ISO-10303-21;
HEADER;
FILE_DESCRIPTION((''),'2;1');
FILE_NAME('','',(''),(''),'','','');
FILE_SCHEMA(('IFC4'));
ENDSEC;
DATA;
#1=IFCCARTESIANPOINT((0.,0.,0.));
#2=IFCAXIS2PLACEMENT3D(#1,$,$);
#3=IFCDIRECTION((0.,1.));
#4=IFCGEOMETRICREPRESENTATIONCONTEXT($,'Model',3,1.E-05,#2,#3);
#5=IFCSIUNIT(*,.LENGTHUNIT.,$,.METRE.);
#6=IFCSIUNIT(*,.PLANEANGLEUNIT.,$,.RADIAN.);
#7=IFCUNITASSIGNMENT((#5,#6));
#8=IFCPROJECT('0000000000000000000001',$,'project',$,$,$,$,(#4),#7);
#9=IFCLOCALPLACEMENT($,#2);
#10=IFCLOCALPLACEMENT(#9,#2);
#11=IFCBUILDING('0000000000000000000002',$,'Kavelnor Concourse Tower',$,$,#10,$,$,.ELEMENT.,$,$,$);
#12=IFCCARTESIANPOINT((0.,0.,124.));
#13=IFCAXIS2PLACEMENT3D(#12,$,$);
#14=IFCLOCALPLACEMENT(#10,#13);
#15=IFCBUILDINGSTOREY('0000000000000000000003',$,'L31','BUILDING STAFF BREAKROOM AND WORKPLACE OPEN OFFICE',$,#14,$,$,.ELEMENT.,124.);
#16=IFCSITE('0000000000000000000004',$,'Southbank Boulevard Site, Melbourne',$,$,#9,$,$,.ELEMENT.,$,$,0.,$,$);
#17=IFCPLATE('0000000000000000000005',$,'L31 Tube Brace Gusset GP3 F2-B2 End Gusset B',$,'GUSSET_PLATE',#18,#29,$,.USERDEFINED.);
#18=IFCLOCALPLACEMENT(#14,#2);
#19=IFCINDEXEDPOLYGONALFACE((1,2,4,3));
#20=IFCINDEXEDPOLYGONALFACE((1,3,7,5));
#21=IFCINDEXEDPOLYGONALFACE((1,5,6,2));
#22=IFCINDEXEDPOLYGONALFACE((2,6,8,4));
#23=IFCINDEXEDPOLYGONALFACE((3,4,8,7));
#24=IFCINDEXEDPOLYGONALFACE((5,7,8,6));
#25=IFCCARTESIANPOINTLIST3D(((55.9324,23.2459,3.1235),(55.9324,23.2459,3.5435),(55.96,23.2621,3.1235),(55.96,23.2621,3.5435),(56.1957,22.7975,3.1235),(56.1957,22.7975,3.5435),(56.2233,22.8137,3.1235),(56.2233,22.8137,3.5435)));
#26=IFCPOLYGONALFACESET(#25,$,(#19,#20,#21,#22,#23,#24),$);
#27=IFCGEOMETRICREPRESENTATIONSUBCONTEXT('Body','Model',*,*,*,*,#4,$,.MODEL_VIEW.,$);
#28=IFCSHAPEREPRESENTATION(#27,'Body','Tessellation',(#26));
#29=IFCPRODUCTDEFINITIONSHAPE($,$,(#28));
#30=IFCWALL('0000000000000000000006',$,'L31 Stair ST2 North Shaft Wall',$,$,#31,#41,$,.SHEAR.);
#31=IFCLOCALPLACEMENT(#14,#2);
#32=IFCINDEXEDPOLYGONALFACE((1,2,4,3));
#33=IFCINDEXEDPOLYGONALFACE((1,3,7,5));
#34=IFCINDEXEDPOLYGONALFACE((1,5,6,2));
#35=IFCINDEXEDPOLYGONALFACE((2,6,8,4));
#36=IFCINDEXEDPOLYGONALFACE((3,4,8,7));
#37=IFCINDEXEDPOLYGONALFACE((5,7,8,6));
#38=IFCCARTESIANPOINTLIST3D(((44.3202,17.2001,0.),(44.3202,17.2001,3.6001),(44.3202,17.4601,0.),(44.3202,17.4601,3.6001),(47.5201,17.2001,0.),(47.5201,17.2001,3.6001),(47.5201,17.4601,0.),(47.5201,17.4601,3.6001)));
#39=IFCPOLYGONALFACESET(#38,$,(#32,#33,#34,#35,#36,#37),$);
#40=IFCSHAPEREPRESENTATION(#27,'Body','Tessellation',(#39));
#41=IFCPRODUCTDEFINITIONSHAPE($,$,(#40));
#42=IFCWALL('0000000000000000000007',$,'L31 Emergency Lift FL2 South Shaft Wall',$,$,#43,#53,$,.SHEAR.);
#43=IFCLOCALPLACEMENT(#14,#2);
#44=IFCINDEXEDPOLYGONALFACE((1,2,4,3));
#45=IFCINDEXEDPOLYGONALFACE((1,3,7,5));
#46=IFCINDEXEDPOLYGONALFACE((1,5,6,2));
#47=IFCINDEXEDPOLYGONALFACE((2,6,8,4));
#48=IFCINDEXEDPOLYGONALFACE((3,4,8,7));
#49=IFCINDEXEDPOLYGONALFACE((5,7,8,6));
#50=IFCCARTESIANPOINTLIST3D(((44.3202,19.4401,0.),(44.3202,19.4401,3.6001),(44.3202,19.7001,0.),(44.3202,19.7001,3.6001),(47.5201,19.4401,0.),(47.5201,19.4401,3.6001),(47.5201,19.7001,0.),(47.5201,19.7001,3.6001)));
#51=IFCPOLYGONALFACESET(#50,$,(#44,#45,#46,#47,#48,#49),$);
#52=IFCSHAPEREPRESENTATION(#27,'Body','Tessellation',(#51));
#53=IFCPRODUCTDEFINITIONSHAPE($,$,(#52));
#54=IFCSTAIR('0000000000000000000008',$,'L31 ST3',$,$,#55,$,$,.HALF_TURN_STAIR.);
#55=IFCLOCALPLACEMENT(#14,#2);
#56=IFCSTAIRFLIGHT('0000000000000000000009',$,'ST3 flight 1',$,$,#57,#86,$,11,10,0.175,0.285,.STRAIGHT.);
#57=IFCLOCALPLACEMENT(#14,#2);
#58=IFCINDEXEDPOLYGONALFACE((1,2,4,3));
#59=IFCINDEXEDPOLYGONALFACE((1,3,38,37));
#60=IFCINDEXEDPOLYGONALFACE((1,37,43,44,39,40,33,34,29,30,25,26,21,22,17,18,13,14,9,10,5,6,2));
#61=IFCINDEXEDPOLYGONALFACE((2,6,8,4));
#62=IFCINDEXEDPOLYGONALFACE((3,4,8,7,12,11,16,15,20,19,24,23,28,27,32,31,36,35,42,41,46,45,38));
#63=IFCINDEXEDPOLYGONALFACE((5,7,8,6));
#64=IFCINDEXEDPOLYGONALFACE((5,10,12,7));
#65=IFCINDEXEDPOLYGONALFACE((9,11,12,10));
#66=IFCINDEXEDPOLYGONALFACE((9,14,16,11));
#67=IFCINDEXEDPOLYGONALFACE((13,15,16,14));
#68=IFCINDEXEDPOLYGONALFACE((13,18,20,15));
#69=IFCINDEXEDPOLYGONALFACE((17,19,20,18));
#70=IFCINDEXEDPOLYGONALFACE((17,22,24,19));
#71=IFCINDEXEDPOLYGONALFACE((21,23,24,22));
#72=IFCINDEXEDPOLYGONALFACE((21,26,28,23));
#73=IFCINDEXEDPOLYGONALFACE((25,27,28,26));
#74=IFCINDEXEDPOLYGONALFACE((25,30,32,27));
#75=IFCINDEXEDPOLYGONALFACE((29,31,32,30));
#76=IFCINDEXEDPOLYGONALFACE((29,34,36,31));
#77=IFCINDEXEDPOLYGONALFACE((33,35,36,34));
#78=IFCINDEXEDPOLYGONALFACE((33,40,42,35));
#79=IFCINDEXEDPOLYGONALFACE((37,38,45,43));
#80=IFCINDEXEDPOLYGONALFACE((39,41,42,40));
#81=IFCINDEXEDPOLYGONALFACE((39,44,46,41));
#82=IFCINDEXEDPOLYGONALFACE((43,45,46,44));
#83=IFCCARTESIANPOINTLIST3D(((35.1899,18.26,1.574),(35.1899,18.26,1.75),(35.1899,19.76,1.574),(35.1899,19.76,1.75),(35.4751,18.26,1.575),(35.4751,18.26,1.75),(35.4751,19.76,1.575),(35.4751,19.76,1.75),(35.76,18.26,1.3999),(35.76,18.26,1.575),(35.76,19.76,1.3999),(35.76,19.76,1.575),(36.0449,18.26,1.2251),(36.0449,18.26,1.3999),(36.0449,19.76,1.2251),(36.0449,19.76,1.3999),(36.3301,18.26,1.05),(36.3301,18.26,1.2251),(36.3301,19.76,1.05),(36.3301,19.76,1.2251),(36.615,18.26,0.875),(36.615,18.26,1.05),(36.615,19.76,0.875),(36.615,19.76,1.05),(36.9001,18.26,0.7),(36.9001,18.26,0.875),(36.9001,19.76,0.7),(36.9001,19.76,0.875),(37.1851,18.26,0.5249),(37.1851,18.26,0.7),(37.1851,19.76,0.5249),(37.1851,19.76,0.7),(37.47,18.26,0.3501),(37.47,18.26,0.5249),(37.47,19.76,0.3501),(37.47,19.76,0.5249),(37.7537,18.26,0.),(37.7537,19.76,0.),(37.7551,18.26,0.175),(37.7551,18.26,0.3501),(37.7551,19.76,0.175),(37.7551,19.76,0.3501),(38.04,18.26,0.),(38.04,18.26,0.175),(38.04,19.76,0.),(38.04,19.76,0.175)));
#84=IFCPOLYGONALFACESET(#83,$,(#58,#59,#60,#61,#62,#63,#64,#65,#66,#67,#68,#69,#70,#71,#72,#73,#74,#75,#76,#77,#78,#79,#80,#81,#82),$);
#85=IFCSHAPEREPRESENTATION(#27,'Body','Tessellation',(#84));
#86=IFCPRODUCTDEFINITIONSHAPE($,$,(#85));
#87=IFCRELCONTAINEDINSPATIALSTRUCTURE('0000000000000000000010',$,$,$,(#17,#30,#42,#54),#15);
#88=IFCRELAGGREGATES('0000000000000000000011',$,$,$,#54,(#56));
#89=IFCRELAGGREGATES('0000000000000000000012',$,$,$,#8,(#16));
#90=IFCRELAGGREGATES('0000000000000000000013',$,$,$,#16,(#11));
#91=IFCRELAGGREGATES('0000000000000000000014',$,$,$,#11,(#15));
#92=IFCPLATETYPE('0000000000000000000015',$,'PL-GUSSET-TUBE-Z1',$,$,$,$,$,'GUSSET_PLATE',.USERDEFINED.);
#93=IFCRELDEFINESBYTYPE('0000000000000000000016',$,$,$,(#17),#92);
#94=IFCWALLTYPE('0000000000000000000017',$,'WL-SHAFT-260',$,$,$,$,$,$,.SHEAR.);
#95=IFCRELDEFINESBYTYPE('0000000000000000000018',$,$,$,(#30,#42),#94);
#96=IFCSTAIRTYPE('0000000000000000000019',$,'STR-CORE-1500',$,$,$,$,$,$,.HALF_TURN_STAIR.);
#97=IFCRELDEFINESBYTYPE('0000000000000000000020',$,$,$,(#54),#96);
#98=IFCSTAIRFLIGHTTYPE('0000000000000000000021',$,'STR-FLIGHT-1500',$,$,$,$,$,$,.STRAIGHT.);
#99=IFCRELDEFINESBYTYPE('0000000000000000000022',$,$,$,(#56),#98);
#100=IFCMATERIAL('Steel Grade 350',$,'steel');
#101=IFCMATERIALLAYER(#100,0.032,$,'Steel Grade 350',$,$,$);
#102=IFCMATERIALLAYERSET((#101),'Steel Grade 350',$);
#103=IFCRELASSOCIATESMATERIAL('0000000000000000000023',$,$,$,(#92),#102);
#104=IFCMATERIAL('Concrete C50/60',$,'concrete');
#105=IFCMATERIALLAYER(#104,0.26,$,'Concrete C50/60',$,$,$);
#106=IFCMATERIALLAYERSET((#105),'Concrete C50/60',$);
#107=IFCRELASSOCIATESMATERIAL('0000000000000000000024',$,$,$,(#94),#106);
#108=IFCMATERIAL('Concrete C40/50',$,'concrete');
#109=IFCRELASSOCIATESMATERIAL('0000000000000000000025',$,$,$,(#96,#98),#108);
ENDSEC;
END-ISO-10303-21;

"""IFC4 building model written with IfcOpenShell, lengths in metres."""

from ifc_helpers import new_model, si_unit, direction, frame, frame_2d, origin, origin_2d, place, context, subcontext, project, spatial, polyline, rectangle, outline, extrude, material, layer, layer_set, type_object, element, aggregate, save


model = new_model("IFC4")

# Units and contexts
model_context = context("Model", 3, precision=1e-05, world=origin(), true_north=direction((0.0, 1.0)))
body_context = subcontext(model_context, "Body", "Model", "MODEL_VIEW")
ifc_project = project(units=[si_unit("LENGTHUNIT", "METRE"), si_unit("PLANEANGLEUNIT", "RADIAN")], contexts=[model_context])

# Site, building, storey
site_placement = place(None, origin())
site = spatial("IfcSite", under=ifc_project, at=site_placement, Name="Southbank Boulevard Site, Melbourne", CompositionType="ELEMENT", RefElevation=0.0)
building_placement = place(site_placement, origin())
building = spatial("IfcBuilding", under=site, at=building_placement, Name="Kavelnor Concourse Tower", CompositionType="ELEMENT")
storey_placement = place(building_placement, frame((0.0, 0.0, 124.0)))
storey = spatial("IfcBuildingStorey", under=building, at=storey_placement, Name="L31", Description="BUILDING STAFF BREAKROOM AND WORKPLACE OPEN OFFICE", CompositionType="ELEMENT", Elevation=124.0)

# Shared definitions
ifc_material_1 = material(Name="Steel Grade 350", Category="steel")

# Plate
ifc_layer_1 = layer(ifc_material_1, 0.032, Name="Steel Grade 350")
ifc_layer_set_1 = layer_set([ifc_layer_1], Name="Steel Grade 350")
plate_type_1 = type_object("IfcPlateType", Name="PL-GUSSET-TUBE-Z1", ElementType="GUSSET_PLATE", PredefinedType="USERDEFINED", material=ifc_layer_set_1)
plate_placement = place(storey_placement, frame((56.0779, 23.0298, 3.1235), z_axis=(0.0, 0.0, 1.0), x_axis=(0.506335, -0.862337, 0.0)))
element("IfcPlate", 1, at=plate_placement, inside=storey, type_object=plate_type_1, Name="L31 Tube Brace Gusset GP3 F2-B2 End Gusset B", ObjectType="GUSSET_PLATE", PredefinedType="USERDEFINED", context=body_context, shape_type="SweptSolid", body=[
    extrude(rectangle(XDim=0.52, YDim=0.032, at=origin_2d()), origin(), (0.0, 0.0, 1.0), 0.4199),
])

# Walls
ifc_material_2 = material(Name="Concrete C50/60", Category="concrete")
ifc_layer_2 = layer(ifc_material_2, 0.26, Name="Concrete C50/60")
ifc_layer_set_2 = layer_set([ifc_layer_2], Name="Concrete C50/60")
wall_type = type_object("IfcWallType", Name="WL-SHAFT-260", PredefinedType="SHEAR", material=ifc_layer_set_2)
for number, where, z_axis, x_axis, name in (
    (2, (44.3201, 17.3301, 0.0), (0.0, 0.0, 1.0), (1.0, 0.0, 0.0), "L31 Stair ST2 North Shaft Wall"),
    (3, (44.3201, 19.5701, 0.0), (0.0, 0.0, 1.0), (1.0, 0.0, 0.0), "L31 Emergency Lift FL2 South Shaft Wall"),
):
    element("IfcWall", number, at=place(storey_placement, frame(where, z_axis=z_axis, x_axis=x_axis)), inside=storey, type_object=wall_type, Name=name, PredefinedType="SHEAR", context=body_context, shape_type="SweptSolid", body=[
        extrude(rectangle(XDim=3.2, YDim=0.26, at=frame_2d((1.6001, 0.0))), origin(), (0.0, 0.0, 1.0), 3.6001),
    ])

# Stair, stair flight
ifc_material_3 = material(Name="Concrete C40/50", Category="concrete")
stair_type = type_object("IfcStairType", Name="STR-CORE-1500", PredefinedType="HALF_TURN_STAIR", material=ifc_material_3)
stair_placement = place(storey_placement, origin())
stair = element("IfcStair", 4, at=stair_placement, inside=storey, type_object=stair_type, Name="L31 ST3", PredefinedType="HALF_TURN_STAIR")
stair_flight_type = type_object("IfcStairFlightType", Name="STR-FLIGHT-1500", PredefinedType="STRAIGHT", material=ifc_material_3)
stair_flight_placement = place(storey_placement, frame((38.04, 19.01, 0.0), z_axis=(0.0, 0.0, 1.0), x_axis=(-1.0, 0.0, 0.0)))
stair_flight = element("IfcStairFlight", 5, at=stair_flight_placement, type_object=stair_flight_type, Name="ST3 flight 1", NumberOfRisers=11, NumberOfTreads=10, PredefinedType="STRAIGHT", RiserHeight=0.175, TreadLength=0.285, context=body_context, shape_type="SweptSolid", body=[
    extrude(outline(polyline([(0.0, 0.0), (0.0, 0.175), (0.2849, 0.175), (0.2849, 0.3501), (0.5701, 0.3501), (0.5701, 0.5249), (0.855, 0.5249), (0.855, 0.7), (1.1399, 0.7), (1.1399, 0.875), (1.425, 0.875), (1.425, 1.05), (1.71, 1.05), (1.71, 1.2251), (1.9951, 1.2251), (1.9951, 1.3999), (2.28, 1.3999), (2.28, 1.575), (2.5649, 1.575), (2.5649, 1.75), (2.8501, 1.75), (2.8501, 1.925), (2.8501, 1.574), (0.2864, 0.0), (0.0, 0.0)])), frame((0.0, 0.75, 0.0), z_axis=(0.0, -1.0, 0.0), x_axis=(1.0, 0.0, 0.0)), (0.0, 0.0, 1.0), 1.5),
])
aggregate(stair, [stair_flight])

save(model, "model.ifc")
